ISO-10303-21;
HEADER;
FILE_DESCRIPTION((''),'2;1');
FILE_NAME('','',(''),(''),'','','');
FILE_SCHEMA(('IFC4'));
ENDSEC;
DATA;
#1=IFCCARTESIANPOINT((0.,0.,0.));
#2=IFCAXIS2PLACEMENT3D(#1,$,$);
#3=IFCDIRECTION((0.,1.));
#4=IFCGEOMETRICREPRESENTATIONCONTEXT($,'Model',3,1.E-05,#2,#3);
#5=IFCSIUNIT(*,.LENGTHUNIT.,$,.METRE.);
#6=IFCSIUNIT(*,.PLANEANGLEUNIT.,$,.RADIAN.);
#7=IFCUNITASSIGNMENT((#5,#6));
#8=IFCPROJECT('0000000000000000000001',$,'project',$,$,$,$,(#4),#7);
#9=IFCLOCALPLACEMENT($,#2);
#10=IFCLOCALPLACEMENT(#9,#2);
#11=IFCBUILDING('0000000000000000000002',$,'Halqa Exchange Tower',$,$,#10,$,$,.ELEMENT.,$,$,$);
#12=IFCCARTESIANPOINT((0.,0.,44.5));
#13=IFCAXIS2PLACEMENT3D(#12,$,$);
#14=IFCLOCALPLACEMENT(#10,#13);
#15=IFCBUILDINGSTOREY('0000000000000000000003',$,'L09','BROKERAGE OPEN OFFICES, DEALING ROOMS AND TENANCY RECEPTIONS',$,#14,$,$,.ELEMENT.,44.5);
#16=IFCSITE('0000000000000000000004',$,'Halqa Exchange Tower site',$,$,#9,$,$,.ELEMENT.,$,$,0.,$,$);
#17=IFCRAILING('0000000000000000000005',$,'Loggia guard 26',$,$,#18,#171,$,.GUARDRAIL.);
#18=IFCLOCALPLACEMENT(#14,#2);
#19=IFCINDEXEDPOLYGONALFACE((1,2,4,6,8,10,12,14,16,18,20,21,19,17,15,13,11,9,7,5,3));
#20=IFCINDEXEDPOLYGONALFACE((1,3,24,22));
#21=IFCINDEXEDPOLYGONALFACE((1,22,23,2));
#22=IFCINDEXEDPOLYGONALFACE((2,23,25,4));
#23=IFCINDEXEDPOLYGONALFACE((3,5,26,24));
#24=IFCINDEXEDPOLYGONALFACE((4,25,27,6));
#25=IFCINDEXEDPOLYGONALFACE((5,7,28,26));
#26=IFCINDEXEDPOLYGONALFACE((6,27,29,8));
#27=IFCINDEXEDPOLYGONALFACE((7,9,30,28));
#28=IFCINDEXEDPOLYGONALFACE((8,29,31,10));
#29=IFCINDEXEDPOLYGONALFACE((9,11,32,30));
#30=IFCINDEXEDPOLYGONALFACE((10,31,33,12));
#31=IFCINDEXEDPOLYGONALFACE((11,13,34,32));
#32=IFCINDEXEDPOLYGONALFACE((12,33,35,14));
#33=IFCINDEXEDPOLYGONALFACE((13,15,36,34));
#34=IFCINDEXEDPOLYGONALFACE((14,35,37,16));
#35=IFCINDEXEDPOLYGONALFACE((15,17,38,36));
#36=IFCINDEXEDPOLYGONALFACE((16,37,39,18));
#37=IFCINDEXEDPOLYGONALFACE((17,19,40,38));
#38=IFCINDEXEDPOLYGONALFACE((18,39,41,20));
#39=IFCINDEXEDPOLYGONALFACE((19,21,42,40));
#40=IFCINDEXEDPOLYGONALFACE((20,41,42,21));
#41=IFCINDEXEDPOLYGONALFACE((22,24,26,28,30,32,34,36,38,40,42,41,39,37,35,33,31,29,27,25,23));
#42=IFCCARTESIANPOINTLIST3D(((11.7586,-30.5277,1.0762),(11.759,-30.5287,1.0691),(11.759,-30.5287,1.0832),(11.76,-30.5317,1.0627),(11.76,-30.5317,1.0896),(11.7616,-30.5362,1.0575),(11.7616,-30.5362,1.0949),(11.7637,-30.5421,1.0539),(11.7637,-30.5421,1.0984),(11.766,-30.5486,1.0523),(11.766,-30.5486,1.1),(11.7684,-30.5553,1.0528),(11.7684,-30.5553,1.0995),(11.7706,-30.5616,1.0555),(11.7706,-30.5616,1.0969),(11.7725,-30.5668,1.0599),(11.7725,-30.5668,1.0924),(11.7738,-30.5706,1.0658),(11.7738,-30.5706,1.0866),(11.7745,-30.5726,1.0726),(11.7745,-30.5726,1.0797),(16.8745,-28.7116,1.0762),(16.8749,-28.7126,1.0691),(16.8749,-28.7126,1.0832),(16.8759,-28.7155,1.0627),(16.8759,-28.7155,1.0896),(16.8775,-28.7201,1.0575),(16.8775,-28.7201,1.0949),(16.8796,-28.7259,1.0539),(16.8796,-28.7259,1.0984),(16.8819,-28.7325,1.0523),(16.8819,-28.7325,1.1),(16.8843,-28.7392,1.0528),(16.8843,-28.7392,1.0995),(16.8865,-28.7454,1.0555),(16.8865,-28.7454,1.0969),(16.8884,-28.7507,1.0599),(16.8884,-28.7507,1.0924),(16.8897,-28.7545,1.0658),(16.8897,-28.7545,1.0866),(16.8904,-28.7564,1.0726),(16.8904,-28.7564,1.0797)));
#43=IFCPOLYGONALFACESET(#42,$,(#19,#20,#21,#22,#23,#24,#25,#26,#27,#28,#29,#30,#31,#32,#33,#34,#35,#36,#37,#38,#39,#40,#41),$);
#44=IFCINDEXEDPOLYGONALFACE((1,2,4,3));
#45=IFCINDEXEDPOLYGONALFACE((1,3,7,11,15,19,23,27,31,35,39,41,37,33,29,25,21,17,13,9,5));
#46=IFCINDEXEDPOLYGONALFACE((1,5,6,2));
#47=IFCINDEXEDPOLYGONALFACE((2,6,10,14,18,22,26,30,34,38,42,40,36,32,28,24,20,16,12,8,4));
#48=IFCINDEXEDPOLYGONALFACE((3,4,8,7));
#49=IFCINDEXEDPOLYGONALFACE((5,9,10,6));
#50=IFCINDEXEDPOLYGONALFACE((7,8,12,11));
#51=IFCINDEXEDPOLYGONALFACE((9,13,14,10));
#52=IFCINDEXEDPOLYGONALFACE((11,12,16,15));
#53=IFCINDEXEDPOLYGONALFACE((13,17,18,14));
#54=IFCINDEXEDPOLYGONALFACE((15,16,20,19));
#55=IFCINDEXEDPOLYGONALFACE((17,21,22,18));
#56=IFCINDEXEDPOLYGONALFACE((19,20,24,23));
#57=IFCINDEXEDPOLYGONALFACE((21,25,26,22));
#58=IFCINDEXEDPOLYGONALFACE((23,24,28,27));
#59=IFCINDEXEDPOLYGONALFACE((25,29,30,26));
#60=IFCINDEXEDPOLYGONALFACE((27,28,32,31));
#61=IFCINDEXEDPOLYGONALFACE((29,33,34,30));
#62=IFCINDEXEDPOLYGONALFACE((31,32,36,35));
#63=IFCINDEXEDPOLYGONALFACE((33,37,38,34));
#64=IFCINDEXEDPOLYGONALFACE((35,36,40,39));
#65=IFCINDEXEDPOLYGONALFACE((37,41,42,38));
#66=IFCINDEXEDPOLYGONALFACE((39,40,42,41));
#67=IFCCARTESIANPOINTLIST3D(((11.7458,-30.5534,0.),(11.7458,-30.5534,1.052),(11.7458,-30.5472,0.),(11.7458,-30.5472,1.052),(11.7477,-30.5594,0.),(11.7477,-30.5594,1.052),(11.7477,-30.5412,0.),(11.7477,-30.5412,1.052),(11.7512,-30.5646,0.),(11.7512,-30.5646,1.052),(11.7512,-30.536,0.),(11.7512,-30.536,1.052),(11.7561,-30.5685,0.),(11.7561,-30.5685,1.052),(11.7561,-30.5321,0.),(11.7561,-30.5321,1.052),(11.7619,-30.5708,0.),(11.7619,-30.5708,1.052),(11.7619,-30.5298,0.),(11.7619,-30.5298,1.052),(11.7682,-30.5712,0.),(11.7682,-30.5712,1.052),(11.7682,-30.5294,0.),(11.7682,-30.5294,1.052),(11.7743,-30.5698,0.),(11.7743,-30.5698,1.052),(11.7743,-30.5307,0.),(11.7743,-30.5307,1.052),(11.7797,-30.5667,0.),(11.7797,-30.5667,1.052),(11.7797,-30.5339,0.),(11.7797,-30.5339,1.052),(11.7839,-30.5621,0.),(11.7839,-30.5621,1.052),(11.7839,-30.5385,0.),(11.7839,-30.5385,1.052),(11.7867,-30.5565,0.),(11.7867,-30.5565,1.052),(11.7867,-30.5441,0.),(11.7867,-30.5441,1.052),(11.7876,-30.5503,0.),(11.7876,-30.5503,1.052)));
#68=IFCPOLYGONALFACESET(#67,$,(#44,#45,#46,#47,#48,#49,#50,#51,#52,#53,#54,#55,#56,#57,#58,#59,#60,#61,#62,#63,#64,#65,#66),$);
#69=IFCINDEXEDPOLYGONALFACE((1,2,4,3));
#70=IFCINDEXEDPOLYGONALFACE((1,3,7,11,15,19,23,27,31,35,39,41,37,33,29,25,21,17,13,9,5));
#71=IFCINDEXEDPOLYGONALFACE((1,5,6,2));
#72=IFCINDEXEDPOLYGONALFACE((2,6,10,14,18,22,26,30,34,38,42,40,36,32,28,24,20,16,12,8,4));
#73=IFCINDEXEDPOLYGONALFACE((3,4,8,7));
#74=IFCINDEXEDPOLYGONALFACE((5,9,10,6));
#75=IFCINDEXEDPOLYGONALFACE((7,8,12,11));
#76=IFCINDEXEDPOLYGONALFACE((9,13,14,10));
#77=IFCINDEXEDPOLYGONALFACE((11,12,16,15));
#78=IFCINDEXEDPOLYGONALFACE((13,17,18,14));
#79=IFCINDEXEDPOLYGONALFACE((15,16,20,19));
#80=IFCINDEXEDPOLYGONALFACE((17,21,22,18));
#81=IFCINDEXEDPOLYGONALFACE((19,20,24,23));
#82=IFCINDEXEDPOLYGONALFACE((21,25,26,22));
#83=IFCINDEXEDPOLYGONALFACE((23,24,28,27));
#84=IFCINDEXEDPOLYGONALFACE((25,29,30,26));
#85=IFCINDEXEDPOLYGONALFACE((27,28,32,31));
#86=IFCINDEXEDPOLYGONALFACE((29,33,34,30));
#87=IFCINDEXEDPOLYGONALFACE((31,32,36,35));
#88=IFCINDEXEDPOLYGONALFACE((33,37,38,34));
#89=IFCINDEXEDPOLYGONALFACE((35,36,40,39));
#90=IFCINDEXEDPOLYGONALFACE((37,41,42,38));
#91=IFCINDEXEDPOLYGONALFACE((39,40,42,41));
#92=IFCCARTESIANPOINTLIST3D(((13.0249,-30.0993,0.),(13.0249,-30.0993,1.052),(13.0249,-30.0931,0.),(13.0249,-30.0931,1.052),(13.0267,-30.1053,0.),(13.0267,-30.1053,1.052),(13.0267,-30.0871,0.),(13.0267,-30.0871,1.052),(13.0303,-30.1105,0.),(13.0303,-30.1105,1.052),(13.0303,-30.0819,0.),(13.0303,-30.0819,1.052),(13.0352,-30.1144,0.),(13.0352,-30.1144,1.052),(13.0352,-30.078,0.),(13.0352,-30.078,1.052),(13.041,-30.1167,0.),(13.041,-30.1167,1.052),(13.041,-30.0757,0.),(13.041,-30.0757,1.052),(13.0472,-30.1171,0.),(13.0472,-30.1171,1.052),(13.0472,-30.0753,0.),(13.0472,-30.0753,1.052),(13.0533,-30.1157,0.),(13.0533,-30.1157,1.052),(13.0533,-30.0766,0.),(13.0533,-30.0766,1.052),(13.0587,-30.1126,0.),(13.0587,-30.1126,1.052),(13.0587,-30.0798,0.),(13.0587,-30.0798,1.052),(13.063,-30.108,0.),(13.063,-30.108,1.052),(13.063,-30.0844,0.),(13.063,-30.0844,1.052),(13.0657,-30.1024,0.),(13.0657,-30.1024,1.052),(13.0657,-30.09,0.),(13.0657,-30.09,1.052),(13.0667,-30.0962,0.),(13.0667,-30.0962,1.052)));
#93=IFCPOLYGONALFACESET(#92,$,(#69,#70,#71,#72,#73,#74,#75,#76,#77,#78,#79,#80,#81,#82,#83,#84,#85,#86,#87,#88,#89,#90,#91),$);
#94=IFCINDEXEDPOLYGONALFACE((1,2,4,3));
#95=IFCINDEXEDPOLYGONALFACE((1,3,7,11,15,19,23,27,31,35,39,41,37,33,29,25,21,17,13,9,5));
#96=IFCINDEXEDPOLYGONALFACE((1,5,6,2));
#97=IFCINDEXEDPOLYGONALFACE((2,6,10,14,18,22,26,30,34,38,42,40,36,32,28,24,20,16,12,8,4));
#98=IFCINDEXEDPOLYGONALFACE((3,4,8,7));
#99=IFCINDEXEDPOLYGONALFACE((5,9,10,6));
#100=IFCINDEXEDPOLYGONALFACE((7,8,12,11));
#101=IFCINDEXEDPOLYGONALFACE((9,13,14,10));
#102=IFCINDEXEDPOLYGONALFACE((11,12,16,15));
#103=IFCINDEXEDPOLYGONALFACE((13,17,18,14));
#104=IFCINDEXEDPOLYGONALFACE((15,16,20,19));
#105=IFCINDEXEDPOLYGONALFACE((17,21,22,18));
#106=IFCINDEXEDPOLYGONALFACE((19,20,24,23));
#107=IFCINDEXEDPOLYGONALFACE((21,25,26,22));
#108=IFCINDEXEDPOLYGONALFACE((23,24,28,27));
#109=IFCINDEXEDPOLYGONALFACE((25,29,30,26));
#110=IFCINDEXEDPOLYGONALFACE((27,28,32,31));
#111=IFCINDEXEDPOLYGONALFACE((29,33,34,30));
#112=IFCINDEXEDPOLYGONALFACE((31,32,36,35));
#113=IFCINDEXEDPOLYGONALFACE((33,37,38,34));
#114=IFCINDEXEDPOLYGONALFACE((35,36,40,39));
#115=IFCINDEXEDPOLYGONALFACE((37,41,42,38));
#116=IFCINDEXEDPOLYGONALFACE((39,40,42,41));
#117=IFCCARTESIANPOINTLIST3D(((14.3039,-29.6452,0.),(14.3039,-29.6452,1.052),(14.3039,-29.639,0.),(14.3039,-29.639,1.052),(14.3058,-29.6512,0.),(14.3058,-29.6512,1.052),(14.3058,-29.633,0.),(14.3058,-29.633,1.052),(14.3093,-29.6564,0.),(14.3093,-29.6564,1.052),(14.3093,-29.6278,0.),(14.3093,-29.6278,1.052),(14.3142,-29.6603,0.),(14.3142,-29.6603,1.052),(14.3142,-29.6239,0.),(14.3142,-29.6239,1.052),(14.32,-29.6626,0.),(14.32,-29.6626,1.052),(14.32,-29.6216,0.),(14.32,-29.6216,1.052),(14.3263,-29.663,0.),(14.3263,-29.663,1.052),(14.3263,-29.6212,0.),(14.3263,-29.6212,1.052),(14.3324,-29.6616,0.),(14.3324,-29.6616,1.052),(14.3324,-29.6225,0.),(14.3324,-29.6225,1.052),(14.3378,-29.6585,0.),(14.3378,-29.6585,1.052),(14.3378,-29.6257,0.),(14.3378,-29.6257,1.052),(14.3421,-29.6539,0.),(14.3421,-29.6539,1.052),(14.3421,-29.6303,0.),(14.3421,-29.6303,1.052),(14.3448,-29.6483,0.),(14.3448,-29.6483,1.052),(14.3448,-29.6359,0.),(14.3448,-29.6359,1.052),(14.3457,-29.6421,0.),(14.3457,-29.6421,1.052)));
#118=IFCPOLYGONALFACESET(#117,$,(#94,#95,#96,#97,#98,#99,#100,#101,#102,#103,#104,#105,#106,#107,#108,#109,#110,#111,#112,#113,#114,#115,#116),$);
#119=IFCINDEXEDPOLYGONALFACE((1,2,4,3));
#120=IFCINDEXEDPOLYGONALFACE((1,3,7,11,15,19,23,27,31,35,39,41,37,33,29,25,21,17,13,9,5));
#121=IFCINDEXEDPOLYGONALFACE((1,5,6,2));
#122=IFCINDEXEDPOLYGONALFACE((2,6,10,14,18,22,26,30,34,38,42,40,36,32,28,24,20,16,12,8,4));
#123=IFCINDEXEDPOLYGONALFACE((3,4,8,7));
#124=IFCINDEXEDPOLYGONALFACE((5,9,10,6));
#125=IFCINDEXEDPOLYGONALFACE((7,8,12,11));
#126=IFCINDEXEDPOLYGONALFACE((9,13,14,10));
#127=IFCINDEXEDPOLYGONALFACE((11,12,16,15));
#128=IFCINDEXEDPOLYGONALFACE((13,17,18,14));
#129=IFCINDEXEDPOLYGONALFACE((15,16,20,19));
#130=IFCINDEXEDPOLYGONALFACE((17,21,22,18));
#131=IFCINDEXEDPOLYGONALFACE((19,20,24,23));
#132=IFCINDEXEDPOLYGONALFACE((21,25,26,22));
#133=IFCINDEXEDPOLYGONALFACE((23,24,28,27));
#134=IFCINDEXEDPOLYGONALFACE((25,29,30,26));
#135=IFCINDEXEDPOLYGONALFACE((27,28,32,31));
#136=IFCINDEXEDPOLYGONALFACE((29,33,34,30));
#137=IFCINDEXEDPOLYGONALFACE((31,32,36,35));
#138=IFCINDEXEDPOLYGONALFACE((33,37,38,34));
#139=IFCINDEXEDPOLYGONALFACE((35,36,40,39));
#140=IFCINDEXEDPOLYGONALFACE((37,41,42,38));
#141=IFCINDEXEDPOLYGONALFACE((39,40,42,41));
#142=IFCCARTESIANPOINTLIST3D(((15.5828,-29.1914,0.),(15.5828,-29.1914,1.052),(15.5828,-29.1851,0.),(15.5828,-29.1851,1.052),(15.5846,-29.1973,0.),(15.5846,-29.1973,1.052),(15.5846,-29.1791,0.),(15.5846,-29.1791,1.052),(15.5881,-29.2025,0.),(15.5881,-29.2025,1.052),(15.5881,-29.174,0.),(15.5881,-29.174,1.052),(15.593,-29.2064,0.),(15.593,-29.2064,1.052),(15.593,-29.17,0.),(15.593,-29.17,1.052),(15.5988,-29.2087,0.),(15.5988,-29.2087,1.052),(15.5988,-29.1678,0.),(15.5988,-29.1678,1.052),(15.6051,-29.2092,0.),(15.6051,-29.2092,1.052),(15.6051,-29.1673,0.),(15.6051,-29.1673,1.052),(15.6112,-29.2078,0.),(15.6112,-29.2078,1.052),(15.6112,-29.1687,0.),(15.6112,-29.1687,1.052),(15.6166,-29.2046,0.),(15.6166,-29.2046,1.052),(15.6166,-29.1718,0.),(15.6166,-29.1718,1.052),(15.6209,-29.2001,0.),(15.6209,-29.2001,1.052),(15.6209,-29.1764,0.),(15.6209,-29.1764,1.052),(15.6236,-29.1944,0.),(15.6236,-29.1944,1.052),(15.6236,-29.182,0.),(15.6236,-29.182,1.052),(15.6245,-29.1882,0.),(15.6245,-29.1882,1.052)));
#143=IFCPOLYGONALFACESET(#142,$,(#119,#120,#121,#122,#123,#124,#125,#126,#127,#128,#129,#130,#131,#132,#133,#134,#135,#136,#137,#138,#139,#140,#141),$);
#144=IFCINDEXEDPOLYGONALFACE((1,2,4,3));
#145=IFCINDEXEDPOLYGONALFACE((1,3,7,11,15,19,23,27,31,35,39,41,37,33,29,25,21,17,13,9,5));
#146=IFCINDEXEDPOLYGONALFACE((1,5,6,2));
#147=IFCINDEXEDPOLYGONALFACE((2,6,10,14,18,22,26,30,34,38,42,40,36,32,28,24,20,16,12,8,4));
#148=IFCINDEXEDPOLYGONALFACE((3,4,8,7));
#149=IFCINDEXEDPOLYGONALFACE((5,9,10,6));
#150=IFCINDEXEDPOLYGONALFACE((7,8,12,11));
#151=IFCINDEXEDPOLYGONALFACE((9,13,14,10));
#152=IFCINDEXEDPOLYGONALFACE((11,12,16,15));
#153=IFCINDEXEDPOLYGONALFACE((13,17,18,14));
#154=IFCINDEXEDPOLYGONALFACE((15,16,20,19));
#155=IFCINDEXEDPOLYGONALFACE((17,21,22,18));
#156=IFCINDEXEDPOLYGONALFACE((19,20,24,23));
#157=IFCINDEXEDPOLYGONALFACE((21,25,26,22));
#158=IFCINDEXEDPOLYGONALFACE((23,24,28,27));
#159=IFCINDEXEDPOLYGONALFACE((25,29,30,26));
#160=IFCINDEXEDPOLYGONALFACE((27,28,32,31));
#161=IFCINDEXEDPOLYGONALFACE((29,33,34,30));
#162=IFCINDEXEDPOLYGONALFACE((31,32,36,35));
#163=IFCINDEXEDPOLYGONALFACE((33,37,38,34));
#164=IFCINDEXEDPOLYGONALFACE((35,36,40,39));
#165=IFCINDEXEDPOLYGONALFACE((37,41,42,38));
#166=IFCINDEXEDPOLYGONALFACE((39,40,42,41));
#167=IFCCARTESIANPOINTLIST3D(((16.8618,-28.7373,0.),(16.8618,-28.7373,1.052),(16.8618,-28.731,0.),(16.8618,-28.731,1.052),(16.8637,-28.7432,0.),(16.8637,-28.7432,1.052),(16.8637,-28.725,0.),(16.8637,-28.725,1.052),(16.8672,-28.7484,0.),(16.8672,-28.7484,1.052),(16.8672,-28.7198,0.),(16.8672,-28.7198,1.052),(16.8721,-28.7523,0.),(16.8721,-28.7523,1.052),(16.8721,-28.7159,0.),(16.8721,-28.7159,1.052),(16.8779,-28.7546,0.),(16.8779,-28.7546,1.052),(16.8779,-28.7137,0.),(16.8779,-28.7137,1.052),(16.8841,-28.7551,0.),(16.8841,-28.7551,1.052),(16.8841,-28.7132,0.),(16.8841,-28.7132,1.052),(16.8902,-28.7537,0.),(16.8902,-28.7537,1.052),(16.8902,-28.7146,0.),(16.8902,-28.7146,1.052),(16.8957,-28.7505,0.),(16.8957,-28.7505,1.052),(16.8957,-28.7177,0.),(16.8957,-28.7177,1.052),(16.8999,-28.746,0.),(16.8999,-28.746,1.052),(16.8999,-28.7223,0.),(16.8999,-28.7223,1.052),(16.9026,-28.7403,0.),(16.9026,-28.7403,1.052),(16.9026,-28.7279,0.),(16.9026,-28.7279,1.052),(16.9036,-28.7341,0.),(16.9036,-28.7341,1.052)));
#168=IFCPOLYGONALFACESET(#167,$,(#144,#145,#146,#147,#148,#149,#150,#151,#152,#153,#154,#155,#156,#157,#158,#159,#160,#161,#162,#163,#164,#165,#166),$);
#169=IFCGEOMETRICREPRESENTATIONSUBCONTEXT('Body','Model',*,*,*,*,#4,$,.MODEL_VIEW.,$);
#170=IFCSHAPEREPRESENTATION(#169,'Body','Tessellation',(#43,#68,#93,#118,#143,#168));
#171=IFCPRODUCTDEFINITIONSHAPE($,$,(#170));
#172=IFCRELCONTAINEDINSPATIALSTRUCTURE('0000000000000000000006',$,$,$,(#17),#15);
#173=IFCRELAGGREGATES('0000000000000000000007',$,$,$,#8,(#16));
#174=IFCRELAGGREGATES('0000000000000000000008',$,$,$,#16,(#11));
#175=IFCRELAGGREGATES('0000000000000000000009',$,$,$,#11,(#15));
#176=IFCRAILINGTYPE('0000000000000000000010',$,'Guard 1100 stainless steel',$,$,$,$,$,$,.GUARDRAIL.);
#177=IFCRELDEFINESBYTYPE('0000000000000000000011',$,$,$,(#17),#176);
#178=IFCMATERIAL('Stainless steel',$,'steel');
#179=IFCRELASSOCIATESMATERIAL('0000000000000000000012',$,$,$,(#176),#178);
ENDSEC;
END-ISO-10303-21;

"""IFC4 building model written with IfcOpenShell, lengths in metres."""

from ifc_helpers import new_model, si_unit, direction, frame, origin, origin_2d, place, context, subcontext, project, spatial, circle, extrude, material, type_object, element, save


model = new_model("IFC4")

# Units and contexts
model_context = context("Model", 3, precision=1e-05, world=origin(), true_north=direction((0.0, 1.0)))
body_context = subcontext(model_context, "Body", "Model", "MODEL_VIEW")
ifc_project = project(units=[si_unit("LENGTHUNIT", "METRE"), si_unit("PLANEANGLEUNIT", "RADIAN")], contexts=[model_context])

# Site, building, storey
site_placement = place(None, origin())
site = spatial("IfcSite", under=ifc_project, at=site_placement, Name="Halqa Exchange Tower site", CompositionType="ELEMENT", RefElevation=0.0)
building_placement = place(site_placement, origin())
building = spatial("IfcBuilding", under=site, at=building_placement, Name="Halqa Exchange Tower", CompositionType="ELEMENT")
storey_placement = place(building_placement, frame((0.0, 0.0, 44.5)))
storey = spatial("IfcBuildingStorey", under=building, at=storey_placement, Name="L09", Description="BROKERAGE OPEN OFFICES, DEALING ROOMS AND TENANCY RECEPTIONS", CompositionType="ELEMENT", Elevation=44.5)

# Railing
ifc_material_1 = material(Name="Stainless steel", Category="steel")
railing_type = type_object("IfcRailingType", Name="Guard 1100 stainless steel", PredefinedType="GUARDRAIL", material=ifc_material_1)
railing_1_placement = place(storey_placement, frame((11.7666, -30.5503, 0.0)))
element("IfcRailing", 1, at=railing_1_placement, inside=storey, type_object=railing_type, Name="Loggia guard 26", PredefinedType="GUARDRAIL", context=body_context, shape_type="SweptSolid", body=[
    extrude(circle(Radius=0.0239, at=origin_2d()), frame((0.0, 0.0, 1.0762), z_axis=(0.94238, 0.334544, 0.0), x_axis=(-0.334544, 0.94238, 0.0)), (0.0, 0.0, 1.0), 5.4287),
    extrude(circle(Radius=0.021, at=origin_2d()), origin(), (0.0, 0.0, 1.0), 1.052),
    extrude(circle(Radius=0.021, at=origin_2d()), frame((1.2791, 0.4541, 0.0)), (0.0, 0.0, 1.0), 1.052),
    extrude(circle(Radius=0.021, at=origin_2d()), frame((2.5581, 0.9082, 0.0)), (0.0, 0.0, 1.0), 1.052),
    extrude(circle(Radius=0.021, at=origin_2d()), frame((3.8369, 1.3621, 0.0)), (0.0, 0.0, 1.0), 1.052),
    extrude(circle(Radius=0.021, at=origin_2d()), frame((5.116, 1.8162, 0.0)), (0.0, 0.0, 1.0), 1.052),
])

save(model, "model.ifc")
